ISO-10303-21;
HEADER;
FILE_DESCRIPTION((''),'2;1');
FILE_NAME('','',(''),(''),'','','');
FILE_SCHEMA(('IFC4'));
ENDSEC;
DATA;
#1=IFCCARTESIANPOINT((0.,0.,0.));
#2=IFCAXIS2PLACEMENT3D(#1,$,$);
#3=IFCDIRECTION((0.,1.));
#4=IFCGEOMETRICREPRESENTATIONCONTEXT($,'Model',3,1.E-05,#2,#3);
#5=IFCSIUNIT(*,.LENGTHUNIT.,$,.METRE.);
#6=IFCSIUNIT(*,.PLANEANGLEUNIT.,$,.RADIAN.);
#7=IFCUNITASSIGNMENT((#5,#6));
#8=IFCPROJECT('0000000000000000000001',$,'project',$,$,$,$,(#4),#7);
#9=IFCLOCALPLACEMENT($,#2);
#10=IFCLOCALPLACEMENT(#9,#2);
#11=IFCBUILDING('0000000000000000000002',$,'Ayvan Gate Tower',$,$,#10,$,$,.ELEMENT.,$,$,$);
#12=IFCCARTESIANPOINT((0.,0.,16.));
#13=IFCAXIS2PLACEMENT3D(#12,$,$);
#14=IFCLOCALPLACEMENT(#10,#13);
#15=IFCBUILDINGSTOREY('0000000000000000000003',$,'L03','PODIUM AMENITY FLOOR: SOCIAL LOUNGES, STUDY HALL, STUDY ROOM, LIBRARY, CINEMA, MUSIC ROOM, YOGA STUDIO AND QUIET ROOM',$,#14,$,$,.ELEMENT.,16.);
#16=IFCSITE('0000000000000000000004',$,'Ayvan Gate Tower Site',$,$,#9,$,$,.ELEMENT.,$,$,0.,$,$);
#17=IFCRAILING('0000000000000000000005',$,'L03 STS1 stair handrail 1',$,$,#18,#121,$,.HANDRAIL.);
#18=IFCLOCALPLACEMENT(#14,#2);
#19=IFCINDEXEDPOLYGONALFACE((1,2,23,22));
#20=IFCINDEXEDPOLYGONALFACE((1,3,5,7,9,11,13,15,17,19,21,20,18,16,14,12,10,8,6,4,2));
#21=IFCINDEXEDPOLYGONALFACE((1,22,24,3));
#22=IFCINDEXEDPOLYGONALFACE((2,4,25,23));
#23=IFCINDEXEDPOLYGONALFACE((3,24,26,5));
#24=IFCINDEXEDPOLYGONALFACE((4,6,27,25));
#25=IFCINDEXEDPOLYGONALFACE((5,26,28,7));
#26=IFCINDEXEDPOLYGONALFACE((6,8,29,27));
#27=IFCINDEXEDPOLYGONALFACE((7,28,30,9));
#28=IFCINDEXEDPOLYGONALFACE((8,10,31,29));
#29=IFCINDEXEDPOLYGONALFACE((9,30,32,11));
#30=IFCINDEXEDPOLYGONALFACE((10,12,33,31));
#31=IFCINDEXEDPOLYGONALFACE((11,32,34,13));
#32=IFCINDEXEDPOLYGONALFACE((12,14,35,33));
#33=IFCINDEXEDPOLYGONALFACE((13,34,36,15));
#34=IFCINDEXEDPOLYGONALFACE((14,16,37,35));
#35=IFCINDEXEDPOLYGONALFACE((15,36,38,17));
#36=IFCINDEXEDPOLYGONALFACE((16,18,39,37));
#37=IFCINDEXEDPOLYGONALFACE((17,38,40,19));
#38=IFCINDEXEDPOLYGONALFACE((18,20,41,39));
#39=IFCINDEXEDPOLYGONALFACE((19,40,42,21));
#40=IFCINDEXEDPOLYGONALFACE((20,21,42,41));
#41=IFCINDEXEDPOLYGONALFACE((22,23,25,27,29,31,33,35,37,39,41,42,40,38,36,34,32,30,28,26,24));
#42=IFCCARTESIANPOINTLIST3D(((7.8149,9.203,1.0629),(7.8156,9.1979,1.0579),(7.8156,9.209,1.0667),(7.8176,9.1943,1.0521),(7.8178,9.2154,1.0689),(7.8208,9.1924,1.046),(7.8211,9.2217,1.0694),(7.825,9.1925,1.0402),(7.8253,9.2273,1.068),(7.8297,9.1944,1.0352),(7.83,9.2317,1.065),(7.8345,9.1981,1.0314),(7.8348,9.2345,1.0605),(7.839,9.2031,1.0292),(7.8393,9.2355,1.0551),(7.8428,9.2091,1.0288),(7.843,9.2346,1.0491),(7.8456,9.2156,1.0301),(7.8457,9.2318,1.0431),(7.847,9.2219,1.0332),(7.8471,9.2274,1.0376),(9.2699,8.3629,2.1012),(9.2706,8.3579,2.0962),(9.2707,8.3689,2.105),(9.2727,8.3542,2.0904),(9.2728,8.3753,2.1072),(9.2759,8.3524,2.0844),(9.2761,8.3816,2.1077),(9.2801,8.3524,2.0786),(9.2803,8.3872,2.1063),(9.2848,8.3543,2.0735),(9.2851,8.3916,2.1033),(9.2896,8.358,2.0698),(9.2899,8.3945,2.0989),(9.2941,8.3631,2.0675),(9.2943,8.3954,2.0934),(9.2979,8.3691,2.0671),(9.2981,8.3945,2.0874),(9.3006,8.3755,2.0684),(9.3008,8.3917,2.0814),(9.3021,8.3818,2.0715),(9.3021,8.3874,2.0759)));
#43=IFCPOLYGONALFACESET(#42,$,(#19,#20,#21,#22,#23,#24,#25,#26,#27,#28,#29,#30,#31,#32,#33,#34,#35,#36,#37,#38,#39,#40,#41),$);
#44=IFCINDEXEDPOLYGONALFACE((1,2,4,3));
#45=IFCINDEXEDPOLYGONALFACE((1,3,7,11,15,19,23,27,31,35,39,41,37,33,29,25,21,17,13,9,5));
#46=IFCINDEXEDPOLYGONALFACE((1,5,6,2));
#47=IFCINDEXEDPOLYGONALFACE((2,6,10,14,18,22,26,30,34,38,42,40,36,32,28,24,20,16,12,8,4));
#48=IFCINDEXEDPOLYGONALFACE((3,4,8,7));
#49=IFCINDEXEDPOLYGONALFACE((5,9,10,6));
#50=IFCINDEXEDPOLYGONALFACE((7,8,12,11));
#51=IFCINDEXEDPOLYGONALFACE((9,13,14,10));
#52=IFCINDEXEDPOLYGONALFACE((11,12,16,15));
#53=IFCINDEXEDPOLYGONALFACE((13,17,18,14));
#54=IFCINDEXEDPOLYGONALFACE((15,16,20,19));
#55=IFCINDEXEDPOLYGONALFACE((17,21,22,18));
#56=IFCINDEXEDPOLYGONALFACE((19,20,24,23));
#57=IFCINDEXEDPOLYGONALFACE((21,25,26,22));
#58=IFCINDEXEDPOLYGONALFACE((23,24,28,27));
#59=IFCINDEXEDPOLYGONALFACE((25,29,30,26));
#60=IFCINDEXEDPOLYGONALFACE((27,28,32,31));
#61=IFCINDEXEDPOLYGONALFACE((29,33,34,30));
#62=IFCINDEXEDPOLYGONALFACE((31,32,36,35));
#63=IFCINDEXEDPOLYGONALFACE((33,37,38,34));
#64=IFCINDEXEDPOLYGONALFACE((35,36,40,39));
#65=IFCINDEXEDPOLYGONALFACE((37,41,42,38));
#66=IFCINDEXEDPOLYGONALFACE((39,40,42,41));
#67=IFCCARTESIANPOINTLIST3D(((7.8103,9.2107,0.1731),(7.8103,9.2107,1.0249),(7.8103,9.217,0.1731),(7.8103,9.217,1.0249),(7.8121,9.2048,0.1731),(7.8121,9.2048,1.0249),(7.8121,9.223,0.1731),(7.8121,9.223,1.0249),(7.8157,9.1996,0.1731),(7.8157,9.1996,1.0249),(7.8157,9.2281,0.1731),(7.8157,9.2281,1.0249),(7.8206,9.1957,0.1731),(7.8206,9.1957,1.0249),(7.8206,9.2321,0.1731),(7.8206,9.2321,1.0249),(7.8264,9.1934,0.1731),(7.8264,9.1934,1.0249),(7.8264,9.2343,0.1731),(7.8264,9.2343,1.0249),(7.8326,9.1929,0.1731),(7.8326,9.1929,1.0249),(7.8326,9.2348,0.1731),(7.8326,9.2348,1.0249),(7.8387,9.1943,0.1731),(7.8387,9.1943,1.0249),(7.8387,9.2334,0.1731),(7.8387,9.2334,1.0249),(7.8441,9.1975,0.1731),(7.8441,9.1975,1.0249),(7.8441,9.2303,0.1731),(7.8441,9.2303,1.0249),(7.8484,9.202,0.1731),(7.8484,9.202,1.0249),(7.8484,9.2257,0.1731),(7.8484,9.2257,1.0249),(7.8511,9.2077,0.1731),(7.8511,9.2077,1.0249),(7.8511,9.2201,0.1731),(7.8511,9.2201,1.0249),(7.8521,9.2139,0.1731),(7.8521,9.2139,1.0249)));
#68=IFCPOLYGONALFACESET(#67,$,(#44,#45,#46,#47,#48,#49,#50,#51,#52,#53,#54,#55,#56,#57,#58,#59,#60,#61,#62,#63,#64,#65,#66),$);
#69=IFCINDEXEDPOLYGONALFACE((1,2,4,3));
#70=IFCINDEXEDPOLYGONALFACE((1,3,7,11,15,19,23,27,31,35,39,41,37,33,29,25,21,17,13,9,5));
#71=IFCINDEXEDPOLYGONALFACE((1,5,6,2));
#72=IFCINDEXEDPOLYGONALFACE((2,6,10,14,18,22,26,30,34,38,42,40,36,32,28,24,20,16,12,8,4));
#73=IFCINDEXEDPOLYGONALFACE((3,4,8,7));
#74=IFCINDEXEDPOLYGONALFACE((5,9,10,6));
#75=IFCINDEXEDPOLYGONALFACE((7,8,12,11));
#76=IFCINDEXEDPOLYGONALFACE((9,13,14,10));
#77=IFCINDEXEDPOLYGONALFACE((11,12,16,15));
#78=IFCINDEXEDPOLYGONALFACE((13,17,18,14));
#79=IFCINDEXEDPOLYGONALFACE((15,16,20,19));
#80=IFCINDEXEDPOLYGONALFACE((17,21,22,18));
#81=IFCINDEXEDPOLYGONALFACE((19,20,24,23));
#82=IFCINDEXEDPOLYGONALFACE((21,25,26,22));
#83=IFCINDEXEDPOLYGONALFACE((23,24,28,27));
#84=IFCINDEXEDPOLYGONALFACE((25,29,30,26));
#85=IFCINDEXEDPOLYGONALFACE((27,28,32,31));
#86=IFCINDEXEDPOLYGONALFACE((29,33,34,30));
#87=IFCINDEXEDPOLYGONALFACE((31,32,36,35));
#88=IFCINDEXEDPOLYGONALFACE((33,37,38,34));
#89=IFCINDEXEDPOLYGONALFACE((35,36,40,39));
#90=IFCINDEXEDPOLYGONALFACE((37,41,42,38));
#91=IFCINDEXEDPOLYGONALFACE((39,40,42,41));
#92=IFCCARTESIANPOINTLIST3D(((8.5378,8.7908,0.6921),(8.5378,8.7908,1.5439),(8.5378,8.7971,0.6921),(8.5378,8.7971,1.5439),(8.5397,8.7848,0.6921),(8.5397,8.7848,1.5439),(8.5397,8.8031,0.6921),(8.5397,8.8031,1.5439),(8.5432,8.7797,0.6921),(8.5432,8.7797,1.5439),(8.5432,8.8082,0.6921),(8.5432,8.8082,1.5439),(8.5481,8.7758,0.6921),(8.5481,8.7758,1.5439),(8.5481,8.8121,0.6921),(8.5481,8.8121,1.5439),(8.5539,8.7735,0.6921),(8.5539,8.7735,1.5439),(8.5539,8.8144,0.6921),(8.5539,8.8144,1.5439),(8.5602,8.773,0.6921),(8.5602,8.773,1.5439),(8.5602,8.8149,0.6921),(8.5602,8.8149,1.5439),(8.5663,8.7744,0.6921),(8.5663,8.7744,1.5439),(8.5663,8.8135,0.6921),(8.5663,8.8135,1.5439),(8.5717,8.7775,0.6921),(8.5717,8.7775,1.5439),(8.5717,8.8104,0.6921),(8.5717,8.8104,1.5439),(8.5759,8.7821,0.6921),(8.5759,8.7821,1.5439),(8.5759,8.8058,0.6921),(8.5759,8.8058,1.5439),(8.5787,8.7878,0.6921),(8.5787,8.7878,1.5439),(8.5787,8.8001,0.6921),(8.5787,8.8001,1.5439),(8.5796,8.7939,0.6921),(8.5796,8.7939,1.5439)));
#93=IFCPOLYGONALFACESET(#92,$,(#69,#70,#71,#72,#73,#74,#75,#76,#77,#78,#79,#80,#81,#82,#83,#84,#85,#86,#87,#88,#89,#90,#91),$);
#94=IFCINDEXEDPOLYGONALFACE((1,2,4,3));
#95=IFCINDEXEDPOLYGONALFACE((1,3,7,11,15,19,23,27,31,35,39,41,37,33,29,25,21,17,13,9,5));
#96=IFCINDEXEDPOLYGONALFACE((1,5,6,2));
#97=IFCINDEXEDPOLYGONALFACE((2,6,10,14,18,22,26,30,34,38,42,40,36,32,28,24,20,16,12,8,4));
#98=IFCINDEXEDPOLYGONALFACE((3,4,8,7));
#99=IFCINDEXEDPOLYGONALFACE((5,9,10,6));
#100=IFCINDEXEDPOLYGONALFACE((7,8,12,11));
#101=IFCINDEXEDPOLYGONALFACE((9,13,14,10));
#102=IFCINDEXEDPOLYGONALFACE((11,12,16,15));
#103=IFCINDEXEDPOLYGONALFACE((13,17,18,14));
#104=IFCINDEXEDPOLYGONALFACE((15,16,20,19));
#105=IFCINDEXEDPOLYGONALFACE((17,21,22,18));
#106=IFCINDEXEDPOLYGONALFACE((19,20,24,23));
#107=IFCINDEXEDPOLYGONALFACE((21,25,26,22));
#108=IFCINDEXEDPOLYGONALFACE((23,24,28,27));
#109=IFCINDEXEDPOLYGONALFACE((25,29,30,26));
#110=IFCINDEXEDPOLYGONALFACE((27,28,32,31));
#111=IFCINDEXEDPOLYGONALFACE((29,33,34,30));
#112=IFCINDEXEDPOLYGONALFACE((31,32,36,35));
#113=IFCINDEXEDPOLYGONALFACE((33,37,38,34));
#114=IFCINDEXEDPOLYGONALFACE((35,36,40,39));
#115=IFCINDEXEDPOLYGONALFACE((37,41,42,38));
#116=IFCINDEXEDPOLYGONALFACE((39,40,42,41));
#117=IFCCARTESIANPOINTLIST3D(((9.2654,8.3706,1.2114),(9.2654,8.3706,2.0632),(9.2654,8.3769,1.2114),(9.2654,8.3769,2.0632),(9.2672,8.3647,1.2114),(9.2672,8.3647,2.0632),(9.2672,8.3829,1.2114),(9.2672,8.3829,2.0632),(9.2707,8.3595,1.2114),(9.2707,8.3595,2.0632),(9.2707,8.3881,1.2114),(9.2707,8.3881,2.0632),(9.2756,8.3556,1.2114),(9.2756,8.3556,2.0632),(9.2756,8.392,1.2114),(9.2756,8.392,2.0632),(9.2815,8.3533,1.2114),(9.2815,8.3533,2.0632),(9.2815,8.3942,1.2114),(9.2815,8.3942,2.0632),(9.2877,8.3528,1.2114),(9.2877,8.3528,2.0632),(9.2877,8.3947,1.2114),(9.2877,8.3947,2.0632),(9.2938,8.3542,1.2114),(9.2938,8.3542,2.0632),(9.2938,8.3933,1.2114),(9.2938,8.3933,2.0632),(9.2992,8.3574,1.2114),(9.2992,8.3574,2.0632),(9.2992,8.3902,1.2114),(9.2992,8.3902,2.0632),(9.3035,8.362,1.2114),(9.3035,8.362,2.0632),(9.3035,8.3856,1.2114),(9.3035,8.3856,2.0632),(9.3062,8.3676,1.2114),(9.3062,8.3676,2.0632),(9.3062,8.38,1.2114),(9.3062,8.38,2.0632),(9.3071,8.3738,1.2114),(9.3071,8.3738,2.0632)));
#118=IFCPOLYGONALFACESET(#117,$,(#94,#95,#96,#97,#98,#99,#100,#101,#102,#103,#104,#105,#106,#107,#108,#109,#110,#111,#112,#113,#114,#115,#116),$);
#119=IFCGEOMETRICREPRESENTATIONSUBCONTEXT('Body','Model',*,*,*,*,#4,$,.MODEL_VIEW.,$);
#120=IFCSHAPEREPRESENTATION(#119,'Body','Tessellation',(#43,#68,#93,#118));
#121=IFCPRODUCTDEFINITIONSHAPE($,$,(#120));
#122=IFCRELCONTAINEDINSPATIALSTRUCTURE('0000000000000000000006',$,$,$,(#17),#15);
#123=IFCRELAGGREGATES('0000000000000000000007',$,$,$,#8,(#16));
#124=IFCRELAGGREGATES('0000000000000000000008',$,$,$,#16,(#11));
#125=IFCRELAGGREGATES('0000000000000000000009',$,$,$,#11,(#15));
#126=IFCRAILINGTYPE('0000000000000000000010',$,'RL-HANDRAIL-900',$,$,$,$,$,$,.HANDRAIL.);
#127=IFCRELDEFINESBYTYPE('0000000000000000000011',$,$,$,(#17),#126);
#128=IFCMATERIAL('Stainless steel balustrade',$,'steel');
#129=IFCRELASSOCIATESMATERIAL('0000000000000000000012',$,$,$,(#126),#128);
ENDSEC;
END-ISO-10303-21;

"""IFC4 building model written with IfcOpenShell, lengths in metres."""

from ifc_helpers import new_model, si_unit, direction, frame, origin, origin_2d, place, context, subcontext, project, spatial, circle, extrude, material, type_object, element, save


model = new_model("IFC4")

# Units and contexts
model_context = context("Model", 3, precision=1e-05, world=origin(), true_north=direction((0.0, 1.0)))
body_context = subcontext(model_context, "Body", "Model", "MODEL_VIEW")
ifc_project = project(units=[si_unit("LENGTHUNIT", "METRE"), si_unit("PLANEANGLEUNIT", "RADIAN")], contexts=[model_context])

# Site, building, storey
site_placement = place(None, origin())
site = spatial("IfcSite", under=ifc_project, at=site_placement, Name="Ayvan Gate Tower Site", CompositionType="ELEMENT", RefElevation=0.0)
building_placement = place(site_placement, origin())
building = spatial("IfcBuilding", under=site, at=building_placement, Name="Ayvan Gate Tower", CompositionType="ELEMENT")
storey_placement = place(building_placement, frame((0.0, 0.0, 16.0)))
storey = spatial("IfcBuildingStorey", under=building, at=storey_placement, Name="L03", Description="PODIUM AMENITY FLOOR: SOCIAL LOUNGES, STUDY HALL, STUDY ROOM, LIBRARY, CINEMA, MUSIC ROOM, YOGA STUDIO AND QUIET ROOM", CompositionType="ELEMENT", Elevation=16.0)

# Railing
ifc_material_1 = material(Name="Stainless steel balustrade", Category="steel")
railing_type_1 = type_object("IfcRailingType", Name="RL-HANDRAIL-900", PredefinedType="HANDRAIL", material=ifc_material_1)
railing_1_placement = place(storey_placement, frame((7.8311, 9.2139, 0.1731)))
element("IfcRailing", 1, at=railing_1_placement, inside=storey, type_object=railing_type_1, Name="L03 STS1 stair handrail 1", PredefinedType="HANDRAIL", context=body_context, shape_type="SweptSolid", body=[
    extrude(circle(Radius=0.0239, at=origin_2d()), frame((0.0, 0.0, 0.876), z_axis=(0.736701, -0.425333, 0.525703), x_axis=(0.499999, 0.866026, 0.0)), (0.0, 0.0, 1.0), 1.9751),
    extrude(circle(Radius=0.021, at=origin_2d()), origin(), (0.0, 0.0, 1.0), 0.8518),
    extrude(circle(Radius=0.021, at=origin_2d()), frame((0.7275, -0.4199, 0.519)), (0.0, 0.0, 1.0), 0.8518),
    extrude(circle(Radius=0.021, at=origin_2d()), frame((1.4551, -0.8401, 1.0383)), (0.0, 0.0, 1.0), 0.8518),
])

save(model, "model.ifc")
